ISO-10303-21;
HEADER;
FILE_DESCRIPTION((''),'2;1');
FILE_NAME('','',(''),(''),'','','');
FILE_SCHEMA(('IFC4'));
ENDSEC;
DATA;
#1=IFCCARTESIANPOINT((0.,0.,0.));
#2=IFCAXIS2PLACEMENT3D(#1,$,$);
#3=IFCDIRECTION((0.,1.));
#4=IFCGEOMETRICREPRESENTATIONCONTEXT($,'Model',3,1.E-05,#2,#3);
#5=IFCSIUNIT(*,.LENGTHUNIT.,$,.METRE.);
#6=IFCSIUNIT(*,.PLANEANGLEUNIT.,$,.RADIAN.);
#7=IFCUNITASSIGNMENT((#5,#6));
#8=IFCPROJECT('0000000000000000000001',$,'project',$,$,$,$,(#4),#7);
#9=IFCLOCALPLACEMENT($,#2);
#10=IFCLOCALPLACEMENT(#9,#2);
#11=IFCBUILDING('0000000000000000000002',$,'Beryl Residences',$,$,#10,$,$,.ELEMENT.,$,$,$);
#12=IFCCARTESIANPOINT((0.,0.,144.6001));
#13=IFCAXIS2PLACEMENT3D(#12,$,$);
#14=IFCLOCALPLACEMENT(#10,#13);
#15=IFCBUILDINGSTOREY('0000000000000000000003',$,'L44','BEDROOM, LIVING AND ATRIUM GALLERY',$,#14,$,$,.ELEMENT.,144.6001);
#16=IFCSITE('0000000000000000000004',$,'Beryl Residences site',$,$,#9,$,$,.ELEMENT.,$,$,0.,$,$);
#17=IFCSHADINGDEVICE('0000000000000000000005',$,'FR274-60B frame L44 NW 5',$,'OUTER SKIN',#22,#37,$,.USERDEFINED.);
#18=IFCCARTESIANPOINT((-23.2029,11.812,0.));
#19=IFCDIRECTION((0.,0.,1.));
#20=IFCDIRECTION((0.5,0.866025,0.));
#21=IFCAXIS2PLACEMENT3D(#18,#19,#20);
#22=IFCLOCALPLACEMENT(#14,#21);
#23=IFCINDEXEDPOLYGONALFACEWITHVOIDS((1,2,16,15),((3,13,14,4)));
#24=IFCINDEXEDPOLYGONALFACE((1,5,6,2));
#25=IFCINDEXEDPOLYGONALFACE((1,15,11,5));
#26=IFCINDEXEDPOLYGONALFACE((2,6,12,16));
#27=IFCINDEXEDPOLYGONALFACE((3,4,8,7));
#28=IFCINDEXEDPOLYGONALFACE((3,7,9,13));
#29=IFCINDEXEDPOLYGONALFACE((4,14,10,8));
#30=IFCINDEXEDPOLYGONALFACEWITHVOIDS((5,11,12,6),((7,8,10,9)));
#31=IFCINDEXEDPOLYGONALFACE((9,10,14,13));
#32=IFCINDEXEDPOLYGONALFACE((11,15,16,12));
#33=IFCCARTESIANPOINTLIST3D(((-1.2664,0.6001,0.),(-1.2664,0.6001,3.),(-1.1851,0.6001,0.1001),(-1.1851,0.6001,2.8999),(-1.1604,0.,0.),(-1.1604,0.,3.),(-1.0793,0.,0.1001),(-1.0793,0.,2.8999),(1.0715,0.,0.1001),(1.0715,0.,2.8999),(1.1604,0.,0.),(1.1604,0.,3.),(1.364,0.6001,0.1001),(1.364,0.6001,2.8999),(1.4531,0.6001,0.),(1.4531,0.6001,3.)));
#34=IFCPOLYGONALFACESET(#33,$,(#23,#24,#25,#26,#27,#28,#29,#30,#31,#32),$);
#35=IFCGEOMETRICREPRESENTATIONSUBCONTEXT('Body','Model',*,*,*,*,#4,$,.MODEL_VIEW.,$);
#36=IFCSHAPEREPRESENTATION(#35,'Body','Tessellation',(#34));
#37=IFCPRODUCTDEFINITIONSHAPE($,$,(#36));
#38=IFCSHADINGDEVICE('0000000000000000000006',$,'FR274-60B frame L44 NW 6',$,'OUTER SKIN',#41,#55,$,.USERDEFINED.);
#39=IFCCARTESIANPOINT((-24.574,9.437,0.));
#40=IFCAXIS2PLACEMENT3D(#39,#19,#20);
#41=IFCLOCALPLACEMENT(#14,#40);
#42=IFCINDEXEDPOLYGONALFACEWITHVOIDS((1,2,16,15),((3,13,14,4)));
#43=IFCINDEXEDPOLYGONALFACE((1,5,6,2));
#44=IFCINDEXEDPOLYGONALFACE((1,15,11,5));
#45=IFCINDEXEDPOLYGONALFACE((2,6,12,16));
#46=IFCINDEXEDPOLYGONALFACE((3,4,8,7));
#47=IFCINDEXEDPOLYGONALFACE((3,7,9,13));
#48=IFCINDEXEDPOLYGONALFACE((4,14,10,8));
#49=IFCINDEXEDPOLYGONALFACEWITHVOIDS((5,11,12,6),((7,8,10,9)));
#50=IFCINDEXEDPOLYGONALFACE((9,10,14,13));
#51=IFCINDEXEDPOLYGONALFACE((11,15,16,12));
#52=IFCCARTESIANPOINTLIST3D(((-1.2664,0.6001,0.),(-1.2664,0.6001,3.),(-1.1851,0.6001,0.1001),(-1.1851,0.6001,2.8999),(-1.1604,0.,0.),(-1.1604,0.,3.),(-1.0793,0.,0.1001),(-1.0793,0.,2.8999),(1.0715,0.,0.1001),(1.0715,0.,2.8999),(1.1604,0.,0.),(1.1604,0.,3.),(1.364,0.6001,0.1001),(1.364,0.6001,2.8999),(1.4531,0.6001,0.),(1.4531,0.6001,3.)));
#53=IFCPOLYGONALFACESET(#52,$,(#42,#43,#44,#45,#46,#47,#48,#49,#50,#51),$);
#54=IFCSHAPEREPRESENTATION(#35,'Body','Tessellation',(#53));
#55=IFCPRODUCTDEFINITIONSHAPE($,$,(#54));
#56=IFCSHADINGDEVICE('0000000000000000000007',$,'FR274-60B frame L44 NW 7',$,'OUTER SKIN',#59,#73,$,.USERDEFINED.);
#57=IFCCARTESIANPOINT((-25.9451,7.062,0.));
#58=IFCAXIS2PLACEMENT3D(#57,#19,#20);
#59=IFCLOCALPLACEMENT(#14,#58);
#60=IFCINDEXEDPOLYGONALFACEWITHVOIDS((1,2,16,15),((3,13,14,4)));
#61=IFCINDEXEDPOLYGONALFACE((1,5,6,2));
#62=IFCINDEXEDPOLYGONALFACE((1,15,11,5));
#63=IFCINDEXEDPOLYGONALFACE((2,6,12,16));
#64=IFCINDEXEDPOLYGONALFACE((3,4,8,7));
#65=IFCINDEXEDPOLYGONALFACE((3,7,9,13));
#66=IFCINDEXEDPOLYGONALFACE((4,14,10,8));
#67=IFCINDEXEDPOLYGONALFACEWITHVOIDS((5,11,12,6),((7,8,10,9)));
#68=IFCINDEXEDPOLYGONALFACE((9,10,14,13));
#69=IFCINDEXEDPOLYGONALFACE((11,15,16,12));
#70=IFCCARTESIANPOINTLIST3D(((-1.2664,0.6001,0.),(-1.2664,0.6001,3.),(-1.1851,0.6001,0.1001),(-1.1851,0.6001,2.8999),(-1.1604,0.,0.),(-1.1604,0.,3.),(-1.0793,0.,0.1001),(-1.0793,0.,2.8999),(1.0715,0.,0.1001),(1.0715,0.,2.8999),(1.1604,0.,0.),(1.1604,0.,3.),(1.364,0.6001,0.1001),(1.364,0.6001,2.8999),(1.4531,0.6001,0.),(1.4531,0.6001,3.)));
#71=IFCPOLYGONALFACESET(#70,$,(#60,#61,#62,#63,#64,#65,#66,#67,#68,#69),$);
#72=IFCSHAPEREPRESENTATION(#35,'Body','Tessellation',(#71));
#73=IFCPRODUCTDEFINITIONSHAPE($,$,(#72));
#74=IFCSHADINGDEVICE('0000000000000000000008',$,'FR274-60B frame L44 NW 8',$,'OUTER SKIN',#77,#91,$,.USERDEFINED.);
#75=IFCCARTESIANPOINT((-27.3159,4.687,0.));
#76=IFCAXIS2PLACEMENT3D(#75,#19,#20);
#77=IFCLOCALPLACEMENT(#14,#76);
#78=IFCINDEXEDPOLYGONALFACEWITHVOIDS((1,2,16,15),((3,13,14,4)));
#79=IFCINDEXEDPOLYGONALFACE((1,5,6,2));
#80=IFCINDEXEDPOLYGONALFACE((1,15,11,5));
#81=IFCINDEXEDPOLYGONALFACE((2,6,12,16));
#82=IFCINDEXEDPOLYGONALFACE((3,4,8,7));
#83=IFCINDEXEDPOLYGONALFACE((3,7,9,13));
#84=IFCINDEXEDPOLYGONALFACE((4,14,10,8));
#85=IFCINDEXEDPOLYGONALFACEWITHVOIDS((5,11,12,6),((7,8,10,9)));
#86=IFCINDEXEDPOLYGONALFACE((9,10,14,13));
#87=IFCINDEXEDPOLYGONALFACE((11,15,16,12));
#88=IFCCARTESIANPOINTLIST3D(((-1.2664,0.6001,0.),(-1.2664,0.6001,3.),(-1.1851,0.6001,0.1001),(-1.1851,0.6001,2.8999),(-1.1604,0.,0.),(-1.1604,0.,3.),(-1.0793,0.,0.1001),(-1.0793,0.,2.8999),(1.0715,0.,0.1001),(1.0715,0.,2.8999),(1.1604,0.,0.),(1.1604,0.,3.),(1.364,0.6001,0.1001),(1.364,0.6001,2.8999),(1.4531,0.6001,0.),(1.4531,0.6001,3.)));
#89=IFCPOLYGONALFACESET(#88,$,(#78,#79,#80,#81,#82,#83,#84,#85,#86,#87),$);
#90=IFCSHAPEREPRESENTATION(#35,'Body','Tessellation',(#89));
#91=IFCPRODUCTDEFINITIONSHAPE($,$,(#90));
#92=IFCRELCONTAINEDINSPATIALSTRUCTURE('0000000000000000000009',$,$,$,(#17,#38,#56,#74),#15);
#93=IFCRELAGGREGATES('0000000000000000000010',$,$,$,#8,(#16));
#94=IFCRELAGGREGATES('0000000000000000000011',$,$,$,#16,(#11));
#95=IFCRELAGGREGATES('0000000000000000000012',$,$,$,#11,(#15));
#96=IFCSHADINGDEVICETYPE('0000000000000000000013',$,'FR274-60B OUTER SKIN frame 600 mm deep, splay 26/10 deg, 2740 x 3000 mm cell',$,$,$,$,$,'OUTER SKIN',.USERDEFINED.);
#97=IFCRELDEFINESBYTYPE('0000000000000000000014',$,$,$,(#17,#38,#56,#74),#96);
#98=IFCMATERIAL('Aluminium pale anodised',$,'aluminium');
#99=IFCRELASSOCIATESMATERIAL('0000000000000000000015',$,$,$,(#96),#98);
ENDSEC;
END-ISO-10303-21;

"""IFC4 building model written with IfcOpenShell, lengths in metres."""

from ifc_helpers import new_model, entity, si_unit, direction, frame, origin, place, context, subcontext, project, spatial, source, transform, mapped, material, type_object, type_shapes, element, save


model = new_model("IFC4")

# Units and contexts
model_context = context("Model", 3, precision=1e-05, world=origin(), true_north=direction((0.0, 1.0)))
body_context = subcontext(model_context, "Body", "Model", "MODEL_VIEW")
ifc_project = project(units=[si_unit("LENGTHUNIT", "METRE"), si_unit("PLANEANGLEUNIT", "RADIAN")], contexts=[model_context])

# Site, building, storey
site_placement = place(None, origin())
site = spatial("IfcSite", under=ifc_project, at=site_placement, Name="Beryl Residences site", CompositionType="ELEMENT", RefElevation=0.0)
building_placement = place(site_placement, origin())
building = spatial("IfcBuilding", under=site, at=building_placement, Name="Beryl Residences", CompositionType="ELEMENT")
storey_placement = place(building_placement, frame((0.0, 0.0, 144.6001)))
storey = spatial("IfcBuildingStorey", under=building, at=storey_placement, Name="L44", Description="BEDROOM, LIVING AND ATRIUM GALLERY", CompositionType="ELEMENT", Elevation=144.6001)

# Shading devices
ifc_material_1 = material(Name="Aluminium pale anodised", Category="aluminium")
shading_device_type = type_object("IfcShadingDeviceType", Name="FR274-60B OUTER SKIN frame 600 mm deep, splay 26/10 deg, 2740 x 3000 mm cell", ElementType="OUTER SKIN", PredefinedType="USERDEFINED", material=ifc_material_1)
cartesian_point_1 = entity("IfcCartesianPoint", [-1.1604, 0.0])
cartesian_point_2 = entity("IfcCartesianPoint", [-1.0715, 0.1001])
cartesian_point_3 = entity("IfcCartesianPoint", [-1.4531, 0.0])
cartesian_point_4 = entity("IfcCartesianPoint", [-1.364, 0.1001])
shared_shape_1 = source(origin(), body_context, "Body", "SweptSolid", [
    entity("IfcExtrudedAreaSolidTapered", entity("IfcArbitraryProfileDefWithVoids", "AREA", None, entity("IfcPolyline", [cartesian_point_1, entity("IfcCartesianPoint", [1.1604, 0.0]), entity("IfcCartesianPoint", [1.1604, 3.0]), entity("IfcCartesianPoint", [-1.1604, 3.0]), cartesian_point_1]), [entity("IfcPolyline", [cartesian_point_2, entity("IfcCartesianPoint", [1.0793, 0.1001]), entity("IfcCartesianPoint", [1.0793, 2.8999]), entity("IfcCartesianPoint", [-1.0715, 2.8999]), cartesian_point_2])]), entity("IfcAxis2Placement3D", entity("IfcCartesianPoint", [0.0, 0.0, 0.0]), entity("IfcDirection", [0.0, 1.0, 0.0]), entity("IfcDirection", [-1.0, 0.0, 0.0])), entity("IfcDirection", [0.0, 0.0, 1.0]), 0.6001, entity("IfcArbitraryProfileDefWithVoids", "AREA", None, entity("IfcPolyline", [cartesian_point_3, entity("IfcCartesianPoint", [1.2664, 0.0]), entity("IfcCartesianPoint", [1.2664, 3.0]), entity("IfcCartesianPoint", [-1.4531, 3.0]), cartesian_point_3]), [entity("IfcPolyline", [cartesian_point_4, entity("IfcCartesianPoint", [1.1851, 0.1001]), entity("IfcCartesianPoint", [1.1851, 2.8999]), entity("IfcCartesianPoint", [-1.364, 2.8999]), cartesian_point_4])])),
])
type_shapes(shading_device_type, [shared_shape_1])
for number, where, z_axis, x_axis, name in (
    (1, (-23.2029, 11.812, 0.0), (0.0, 0.0, 1.0), (0.5, 0.866025, 0.0), "FR274-60B frame L44 NW 5"),
    (2, (-24.574, 9.437, 0.0), (0.0, 0.0, 1.0), (0.5, 0.866025, 0.0), "FR274-60B frame L44 NW 6"),
    (3, (-25.9451, 7.062, 0.0), (0.0, 0.0, 1.0), (0.5, 0.866025, 0.0), "FR274-60B frame L44 NW 7"),
    (4, (-27.3159, 4.687, 0.0), (0.0, 0.0, 1.0), (0.5, 0.866025, 0.0), "FR274-60B frame L44 NW 8"),
):
    element("IfcShadingDevice", number, at=place(storey_placement, frame(where, z_axis=z_axis, x_axis=x_axis)), inside=storey, type_object=shading_device_type, Name=name, ObjectType="OUTER SKIN", PredefinedType="USERDEFINED", context=body_context, shape_type="MappedRepresentation", body=[
        mapped(shared_shape_1, transform((0.0, 0.0, 0.0))),
    ])

save(model, "model.ifc")
